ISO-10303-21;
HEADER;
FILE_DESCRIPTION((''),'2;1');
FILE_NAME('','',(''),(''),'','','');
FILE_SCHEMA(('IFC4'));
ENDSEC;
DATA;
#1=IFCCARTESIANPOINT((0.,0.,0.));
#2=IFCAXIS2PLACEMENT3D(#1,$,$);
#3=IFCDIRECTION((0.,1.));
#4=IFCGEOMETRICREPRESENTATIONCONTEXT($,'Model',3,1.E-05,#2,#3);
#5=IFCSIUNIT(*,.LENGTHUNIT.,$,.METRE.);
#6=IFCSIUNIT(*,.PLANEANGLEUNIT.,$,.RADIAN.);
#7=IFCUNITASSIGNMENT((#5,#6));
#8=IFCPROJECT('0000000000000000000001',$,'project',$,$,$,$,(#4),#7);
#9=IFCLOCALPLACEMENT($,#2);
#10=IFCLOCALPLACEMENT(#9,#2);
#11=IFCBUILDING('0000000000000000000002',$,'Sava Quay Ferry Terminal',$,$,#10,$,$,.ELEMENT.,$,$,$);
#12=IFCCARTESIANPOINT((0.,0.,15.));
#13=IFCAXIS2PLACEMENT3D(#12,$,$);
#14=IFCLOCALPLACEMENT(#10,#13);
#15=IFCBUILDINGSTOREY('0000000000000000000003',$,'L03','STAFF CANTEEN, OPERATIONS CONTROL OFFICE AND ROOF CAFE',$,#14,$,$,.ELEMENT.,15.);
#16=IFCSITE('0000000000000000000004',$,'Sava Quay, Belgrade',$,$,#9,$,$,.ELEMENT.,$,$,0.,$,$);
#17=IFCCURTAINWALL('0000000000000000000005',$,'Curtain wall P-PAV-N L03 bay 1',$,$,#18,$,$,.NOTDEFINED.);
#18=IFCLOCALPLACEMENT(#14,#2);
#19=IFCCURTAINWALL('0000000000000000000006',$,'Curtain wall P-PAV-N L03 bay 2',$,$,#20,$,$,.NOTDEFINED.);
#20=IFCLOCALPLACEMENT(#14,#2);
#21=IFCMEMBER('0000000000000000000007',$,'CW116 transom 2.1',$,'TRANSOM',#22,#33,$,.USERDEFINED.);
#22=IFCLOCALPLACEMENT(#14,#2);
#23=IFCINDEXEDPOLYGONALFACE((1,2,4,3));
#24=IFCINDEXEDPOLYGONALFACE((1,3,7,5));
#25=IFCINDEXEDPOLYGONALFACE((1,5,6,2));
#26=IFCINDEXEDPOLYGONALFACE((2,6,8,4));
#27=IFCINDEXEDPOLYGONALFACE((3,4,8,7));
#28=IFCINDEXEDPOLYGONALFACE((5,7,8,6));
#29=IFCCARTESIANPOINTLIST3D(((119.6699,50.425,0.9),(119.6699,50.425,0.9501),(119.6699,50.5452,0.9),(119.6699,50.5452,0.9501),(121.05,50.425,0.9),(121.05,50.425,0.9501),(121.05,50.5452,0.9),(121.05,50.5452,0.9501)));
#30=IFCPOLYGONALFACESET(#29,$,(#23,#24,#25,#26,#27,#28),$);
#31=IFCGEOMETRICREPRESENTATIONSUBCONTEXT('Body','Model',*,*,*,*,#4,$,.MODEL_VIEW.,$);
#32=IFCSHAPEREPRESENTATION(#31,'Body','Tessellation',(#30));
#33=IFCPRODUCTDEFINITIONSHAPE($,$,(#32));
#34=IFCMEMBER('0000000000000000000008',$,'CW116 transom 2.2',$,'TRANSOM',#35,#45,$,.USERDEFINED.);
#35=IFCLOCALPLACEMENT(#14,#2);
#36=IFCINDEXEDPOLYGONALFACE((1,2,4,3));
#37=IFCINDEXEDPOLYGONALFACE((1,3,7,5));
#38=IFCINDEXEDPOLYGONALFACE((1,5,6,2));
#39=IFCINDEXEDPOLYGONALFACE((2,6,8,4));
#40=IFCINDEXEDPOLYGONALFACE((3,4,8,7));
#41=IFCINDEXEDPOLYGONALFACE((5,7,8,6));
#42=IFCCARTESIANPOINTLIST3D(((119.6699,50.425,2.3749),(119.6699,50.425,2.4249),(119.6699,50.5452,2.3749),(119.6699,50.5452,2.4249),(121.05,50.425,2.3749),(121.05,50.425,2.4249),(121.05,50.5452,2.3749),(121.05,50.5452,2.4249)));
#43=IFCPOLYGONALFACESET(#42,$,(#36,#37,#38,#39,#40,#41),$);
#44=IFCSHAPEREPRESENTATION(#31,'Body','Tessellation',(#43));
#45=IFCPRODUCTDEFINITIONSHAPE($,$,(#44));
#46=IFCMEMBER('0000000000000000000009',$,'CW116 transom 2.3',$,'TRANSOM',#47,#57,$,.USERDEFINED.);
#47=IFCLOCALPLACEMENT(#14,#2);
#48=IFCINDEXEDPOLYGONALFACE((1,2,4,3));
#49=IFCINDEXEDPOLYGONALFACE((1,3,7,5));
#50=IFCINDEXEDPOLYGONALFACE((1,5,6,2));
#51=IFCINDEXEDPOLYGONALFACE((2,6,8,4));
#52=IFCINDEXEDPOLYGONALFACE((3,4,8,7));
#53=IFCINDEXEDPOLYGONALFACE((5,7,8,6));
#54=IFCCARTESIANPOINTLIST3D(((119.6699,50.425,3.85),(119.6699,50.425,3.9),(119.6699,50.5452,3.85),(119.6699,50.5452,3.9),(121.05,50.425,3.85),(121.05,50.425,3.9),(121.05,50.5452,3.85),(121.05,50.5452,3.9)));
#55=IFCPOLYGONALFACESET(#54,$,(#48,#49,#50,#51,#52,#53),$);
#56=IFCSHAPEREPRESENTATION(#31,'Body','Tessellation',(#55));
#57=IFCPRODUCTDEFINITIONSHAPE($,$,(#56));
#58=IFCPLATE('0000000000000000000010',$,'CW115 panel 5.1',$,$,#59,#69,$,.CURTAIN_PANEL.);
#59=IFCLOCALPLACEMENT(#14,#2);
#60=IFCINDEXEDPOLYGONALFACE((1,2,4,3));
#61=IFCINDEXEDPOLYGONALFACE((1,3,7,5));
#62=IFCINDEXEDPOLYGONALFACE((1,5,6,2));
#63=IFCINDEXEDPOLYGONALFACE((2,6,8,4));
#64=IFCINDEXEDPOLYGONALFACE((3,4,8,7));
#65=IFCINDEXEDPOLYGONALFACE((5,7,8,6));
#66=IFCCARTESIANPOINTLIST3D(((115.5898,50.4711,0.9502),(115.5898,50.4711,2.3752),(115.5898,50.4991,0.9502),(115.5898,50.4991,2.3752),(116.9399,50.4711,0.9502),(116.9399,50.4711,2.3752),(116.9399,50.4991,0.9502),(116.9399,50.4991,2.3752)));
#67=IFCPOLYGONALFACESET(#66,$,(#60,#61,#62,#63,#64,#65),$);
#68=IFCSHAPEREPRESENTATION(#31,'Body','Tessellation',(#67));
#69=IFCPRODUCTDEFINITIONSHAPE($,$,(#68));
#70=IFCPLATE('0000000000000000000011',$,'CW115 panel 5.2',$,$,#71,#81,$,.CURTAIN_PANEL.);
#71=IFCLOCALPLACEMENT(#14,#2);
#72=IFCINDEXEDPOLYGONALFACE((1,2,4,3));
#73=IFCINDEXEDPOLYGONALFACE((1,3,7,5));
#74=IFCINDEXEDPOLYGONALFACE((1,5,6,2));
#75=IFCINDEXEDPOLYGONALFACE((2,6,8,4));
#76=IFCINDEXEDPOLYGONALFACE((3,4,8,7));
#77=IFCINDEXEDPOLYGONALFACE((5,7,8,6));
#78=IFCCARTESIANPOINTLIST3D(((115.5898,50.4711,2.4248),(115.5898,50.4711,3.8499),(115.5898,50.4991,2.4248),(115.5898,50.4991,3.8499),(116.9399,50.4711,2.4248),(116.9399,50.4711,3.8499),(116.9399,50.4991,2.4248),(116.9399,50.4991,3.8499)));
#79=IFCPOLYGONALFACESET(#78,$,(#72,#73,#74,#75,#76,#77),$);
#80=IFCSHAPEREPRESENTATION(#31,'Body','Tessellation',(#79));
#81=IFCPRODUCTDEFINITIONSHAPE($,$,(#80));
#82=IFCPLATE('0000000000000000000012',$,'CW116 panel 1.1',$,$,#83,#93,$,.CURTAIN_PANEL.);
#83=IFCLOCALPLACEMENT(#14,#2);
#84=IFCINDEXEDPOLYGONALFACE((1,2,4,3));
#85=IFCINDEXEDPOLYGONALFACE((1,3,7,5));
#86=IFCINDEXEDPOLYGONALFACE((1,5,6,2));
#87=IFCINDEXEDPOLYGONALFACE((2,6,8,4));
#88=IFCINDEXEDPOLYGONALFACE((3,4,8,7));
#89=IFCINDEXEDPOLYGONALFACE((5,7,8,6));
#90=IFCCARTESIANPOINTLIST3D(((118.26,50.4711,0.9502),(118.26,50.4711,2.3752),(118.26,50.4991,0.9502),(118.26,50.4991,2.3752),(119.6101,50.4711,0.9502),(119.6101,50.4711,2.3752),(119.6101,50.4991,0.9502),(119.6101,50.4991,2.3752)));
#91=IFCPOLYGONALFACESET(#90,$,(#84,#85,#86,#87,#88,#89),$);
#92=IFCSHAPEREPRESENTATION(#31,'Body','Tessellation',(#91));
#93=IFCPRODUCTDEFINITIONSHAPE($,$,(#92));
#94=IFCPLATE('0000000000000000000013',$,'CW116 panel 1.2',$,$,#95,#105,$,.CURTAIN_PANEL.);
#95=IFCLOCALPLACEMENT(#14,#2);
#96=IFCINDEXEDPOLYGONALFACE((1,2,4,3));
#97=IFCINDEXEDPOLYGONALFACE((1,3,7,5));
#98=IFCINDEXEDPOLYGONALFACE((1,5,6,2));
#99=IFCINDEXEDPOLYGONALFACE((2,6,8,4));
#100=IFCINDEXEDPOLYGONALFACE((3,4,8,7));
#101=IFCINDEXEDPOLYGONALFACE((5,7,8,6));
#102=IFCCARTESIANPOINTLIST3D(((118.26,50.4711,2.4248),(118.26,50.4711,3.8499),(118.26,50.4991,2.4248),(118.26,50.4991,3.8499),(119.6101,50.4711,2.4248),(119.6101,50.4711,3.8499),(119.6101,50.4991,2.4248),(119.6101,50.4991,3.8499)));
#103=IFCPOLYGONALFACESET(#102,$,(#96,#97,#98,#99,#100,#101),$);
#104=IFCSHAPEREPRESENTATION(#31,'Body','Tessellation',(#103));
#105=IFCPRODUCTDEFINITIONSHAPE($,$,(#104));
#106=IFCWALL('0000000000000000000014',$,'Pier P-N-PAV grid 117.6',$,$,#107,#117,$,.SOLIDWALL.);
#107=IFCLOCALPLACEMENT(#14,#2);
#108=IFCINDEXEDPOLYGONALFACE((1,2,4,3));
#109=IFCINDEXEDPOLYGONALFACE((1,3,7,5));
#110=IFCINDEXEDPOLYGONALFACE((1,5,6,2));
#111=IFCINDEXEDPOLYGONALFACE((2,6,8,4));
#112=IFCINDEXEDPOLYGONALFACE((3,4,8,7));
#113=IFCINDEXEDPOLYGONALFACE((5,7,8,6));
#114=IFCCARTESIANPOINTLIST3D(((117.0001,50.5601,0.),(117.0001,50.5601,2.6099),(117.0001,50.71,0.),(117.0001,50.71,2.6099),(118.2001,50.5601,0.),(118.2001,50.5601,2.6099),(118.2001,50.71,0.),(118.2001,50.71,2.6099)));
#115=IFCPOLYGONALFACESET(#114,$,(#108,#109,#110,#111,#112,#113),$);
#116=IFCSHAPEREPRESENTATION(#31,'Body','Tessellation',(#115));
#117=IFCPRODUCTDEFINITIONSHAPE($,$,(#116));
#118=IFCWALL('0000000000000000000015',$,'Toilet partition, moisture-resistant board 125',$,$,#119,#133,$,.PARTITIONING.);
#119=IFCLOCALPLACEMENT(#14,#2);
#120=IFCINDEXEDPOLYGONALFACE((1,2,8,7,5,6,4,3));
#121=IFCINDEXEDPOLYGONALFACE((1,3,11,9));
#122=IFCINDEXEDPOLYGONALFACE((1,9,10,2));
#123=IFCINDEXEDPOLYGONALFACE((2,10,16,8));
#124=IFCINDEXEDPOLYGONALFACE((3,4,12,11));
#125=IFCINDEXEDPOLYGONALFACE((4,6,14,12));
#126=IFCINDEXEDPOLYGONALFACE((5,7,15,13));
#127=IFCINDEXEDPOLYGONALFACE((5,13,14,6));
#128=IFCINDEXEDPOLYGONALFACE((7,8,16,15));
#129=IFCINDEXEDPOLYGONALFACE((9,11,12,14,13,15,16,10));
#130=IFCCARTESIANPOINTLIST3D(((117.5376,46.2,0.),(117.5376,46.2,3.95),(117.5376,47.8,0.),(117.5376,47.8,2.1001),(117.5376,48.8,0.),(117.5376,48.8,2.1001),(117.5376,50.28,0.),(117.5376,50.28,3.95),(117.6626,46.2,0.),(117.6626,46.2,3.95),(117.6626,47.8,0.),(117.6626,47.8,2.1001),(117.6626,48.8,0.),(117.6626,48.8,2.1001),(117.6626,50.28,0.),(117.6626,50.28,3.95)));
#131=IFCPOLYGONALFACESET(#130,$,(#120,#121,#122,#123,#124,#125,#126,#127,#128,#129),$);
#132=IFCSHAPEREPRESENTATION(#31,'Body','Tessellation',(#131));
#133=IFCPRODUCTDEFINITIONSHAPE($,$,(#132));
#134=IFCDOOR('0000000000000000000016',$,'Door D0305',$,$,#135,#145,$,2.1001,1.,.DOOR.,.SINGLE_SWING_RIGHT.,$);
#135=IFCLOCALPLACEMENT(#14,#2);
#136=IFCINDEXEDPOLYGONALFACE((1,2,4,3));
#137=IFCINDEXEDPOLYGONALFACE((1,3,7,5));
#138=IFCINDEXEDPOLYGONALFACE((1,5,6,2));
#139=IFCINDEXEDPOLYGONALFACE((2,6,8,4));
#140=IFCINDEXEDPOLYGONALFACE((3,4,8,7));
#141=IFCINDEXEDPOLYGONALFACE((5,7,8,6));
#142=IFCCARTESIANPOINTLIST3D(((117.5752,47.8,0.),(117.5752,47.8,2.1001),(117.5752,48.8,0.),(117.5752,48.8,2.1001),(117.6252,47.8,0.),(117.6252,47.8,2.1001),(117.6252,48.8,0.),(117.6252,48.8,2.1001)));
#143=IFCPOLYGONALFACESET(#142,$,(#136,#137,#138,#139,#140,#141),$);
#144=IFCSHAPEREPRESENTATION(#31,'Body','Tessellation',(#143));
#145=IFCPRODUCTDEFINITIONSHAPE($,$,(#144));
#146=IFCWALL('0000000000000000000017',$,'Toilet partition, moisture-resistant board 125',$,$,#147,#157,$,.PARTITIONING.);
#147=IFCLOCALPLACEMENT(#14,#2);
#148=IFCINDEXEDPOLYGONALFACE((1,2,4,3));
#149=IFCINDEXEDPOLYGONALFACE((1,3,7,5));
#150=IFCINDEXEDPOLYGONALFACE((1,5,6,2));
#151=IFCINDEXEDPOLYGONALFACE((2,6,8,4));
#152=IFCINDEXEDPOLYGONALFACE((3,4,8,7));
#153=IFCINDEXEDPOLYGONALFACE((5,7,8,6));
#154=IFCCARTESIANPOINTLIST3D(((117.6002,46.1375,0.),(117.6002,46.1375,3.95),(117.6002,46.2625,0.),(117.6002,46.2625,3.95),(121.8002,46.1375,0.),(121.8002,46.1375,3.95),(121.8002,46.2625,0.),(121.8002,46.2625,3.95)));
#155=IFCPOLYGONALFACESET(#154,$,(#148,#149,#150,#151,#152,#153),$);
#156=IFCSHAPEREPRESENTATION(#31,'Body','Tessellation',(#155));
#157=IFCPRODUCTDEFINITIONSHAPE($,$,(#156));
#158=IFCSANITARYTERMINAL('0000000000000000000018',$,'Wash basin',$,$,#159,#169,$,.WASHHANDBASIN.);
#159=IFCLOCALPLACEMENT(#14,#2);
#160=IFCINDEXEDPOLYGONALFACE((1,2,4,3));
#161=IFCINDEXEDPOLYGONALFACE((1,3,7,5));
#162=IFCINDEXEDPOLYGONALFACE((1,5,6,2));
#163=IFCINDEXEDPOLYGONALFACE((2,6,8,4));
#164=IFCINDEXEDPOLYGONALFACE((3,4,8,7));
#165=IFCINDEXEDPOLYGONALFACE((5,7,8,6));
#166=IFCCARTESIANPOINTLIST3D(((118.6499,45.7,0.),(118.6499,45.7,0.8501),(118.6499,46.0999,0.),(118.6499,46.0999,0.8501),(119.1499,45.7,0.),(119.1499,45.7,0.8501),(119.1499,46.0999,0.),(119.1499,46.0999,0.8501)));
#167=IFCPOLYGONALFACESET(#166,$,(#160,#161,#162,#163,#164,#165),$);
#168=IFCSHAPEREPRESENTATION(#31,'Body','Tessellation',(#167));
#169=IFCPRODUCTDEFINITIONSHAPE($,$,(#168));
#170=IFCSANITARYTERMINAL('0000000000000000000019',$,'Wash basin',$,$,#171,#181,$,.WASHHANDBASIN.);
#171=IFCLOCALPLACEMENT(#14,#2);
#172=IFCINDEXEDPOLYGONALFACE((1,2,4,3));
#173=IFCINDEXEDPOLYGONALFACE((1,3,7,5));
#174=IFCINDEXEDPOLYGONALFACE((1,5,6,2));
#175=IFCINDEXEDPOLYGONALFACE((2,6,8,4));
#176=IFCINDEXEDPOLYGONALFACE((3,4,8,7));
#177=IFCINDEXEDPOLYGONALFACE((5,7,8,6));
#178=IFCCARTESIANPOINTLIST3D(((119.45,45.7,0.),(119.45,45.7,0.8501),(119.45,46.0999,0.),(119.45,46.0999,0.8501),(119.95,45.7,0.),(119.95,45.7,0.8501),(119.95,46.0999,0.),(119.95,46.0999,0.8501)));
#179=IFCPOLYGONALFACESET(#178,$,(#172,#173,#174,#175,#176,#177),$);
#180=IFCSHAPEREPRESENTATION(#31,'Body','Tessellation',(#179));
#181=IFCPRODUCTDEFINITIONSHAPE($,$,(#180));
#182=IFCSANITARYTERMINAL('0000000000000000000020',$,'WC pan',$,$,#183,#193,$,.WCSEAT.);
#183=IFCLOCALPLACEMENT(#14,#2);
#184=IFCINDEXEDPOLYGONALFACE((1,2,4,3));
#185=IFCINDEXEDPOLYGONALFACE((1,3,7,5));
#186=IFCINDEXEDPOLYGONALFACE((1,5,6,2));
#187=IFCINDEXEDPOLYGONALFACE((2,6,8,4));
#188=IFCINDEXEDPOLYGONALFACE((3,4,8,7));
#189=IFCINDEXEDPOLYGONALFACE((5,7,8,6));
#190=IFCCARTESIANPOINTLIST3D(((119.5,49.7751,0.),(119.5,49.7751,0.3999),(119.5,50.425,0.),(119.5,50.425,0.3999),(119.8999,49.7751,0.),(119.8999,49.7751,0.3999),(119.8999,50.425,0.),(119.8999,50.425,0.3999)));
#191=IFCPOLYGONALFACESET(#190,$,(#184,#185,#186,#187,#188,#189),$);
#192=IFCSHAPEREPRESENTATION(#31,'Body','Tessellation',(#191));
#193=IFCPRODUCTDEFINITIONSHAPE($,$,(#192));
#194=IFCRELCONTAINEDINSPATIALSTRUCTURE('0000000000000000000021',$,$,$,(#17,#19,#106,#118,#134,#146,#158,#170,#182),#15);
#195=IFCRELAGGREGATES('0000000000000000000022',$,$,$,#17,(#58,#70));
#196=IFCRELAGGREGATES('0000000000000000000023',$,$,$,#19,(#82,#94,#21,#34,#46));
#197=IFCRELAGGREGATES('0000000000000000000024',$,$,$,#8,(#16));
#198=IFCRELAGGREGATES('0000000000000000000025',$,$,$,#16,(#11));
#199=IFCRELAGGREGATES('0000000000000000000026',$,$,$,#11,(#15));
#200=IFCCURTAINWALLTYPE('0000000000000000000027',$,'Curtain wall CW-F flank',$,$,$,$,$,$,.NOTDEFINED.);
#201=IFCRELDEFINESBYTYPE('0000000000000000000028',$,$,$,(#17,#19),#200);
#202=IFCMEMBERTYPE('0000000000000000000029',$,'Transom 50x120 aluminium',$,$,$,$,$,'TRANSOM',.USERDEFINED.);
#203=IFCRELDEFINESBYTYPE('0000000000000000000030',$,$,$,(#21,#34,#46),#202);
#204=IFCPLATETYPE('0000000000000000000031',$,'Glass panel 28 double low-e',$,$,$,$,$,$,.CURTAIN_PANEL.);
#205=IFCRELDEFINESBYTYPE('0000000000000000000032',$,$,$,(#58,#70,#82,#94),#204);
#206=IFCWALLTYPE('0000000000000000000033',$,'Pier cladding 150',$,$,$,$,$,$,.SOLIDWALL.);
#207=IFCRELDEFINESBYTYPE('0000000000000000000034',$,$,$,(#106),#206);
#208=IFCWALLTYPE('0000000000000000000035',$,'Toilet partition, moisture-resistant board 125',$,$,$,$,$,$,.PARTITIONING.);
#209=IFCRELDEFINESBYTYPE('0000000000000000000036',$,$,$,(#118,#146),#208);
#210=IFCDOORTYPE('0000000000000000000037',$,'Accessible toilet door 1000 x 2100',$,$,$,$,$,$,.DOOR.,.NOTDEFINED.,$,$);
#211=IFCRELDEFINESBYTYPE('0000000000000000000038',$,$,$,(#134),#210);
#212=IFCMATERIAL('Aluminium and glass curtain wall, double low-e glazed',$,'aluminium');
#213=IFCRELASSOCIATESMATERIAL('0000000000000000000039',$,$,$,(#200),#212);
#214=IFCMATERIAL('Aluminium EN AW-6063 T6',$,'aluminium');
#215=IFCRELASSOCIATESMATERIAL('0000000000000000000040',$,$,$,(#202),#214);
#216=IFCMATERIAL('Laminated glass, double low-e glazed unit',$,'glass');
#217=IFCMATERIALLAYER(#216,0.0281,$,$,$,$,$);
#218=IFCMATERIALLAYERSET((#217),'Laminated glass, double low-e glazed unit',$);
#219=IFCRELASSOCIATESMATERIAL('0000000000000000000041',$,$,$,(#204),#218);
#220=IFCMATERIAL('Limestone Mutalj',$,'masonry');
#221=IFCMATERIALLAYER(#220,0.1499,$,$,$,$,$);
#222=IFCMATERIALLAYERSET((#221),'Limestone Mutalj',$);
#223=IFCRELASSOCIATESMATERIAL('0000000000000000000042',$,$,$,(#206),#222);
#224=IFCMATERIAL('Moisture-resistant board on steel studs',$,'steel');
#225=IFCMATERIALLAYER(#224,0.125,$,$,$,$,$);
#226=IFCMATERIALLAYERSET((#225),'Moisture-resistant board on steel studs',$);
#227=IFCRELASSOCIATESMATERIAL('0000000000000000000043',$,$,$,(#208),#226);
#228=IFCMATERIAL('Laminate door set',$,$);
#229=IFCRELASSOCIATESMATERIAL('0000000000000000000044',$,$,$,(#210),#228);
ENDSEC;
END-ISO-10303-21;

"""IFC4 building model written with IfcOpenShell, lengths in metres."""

from ifc_helpers import new_model, si_unit, direction, frame, frame_2d, origin, origin_2d, place, context, subcontext, project, spatial, rectangle, extrude, material, layer, layer_set, material_profile, profile_set, type_object, element, fill, aggregate, save


model = new_model("IFC4")

# Units and contexts
model_context = context("Model", 3, precision=1e-05, world=origin(), true_north=direction((0.0, 1.0)))
body_context = subcontext(model_context, "Body", "Model", "MODEL_VIEW")
ifc_project = project(units=[si_unit("LENGTHUNIT", "METRE"), si_unit("PLANEANGLEUNIT", "RADIAN")], contexts=[model_context])

# Site, building, storey
site_placement = place(None, origin())
site = spatial("IfcSite", under=ifc_project, at=site_placement, Name="Sava Quay, Belgrade", CompositionType="ELEMENT", RefElevation=0.0)
building_placement = place(site_placement, origin())
building = spatial("IfcBuilding", under=site, at=building_placement, Name="Sava Quay Ferry Terminal", CompositionType="ELEMENT")
storey_placement = place(building_placement, frame((0.0, 0.0, 15.0)))
storey = spatial("IfcBuildingStorey", under=building, at=storey_placement, Name="L03", Description="STAFF CANTEEN, OPERATIONS CONTROL OFFICE AND ROOF CAFE", CompositionType="ELEMENT", Elevation=15.0)

# Curtain wall
ifc_material_1 = material(Name="Aluminium and glass curtain wall, double low-e glazed", Category="aluminium")
curtain_wall_type = type_object("IfcCurtainWallType", Name="Curtain wall CW-F flank", PredefinedType="NOTDEFINED", material=ifc_material_1)
curtain_wall_1_placement = place(storey_placement, origin())
curtain_wall_1 = element("IfcCurtainWall", 1, at=curtain_wall_1_placement, inside=storey, type_object=curtain_wall_type, Name="Curtain wall P-PAV-N L03 bay 1", PredefinedType="NOTDEFINED")

# Curtain wall
curtain_wall_2_placement = place(storey_placement, origin())
curtain_wall_2 = element("IfcCurtainWall", 2, at=curtain_wall_2_placement, inside=storey, type_object=curtain_wall_type, Name="Curtain wall P-PAV-N L03 bay 2", PredefinedType="NOTDEFINED")

# Members
ifc_material_2 = material(Name="Aluminium EN AW-6063 T6", Category="aluminium")
ifc_material_profile_1 = material_profile(ifc_material_2, rectangle(XDim=0.1201, YDim=0.05, at=origin_2d()), Name="Transom 50x120 aluminium")
ifc_profile_set_1 = profile_set([ifc_material_profile_1], Name="Aluminium EN AW-6063 T6")
member_type_1 = type_object("IfcMemberType", Name="Transom 50x120 aluminium", ElementType="TRANSOM", PredefinedType="USERDEFINED", material=ifc_profile_set_1)
member_1_placement = place(storey_placement, frame((119.6699, 50.4851, 0.925), z_axis=(1.0, 0.0, 0.0), x_axis=(0.0, 1.0, 0.0)))
member_1 = element("IfcMember", 3, at=member_1_placement, type_object=member_type_1, Name="CW116 transom 2.1", ObjectType="TRANSOM", PredefinedType="USERDEFINED", context=body_context, shape_type="SweptSolid", body=[
    extrude(rectangle(XDim=0.1201, YDim=0.05, at=origin_2d()), origin(), (0.0, 0.0, 1.0), 1.3801),
])
member_2_placement = place(storey_placement, frame((119.6699, 50.4851, 2.3999), z_axis=(1.0, 0.0, 0.0), x_axis=(0.0, 1.0, 0.0)))
member_2 = element("IfcMember", 4, at=member_2_placement, type_object=member_type_1, Name="CW116 transom 2.2", ObjectType="TRANSOM", PredefinedType="USERDEFINED", context=body_context, shape_type="SweptSolid", body=[
    extrude(rectangle(XDim=0.1201, YDim=0.05, at=origin_2d()), origin(), (0.0, 0.0, 1.0), 1.3801),
])
member_3_placement = place(storey_placement, frame((119.6699, 50.4851, 3.875), z_axis=(1.0, 0.0, 0.0), x_axis=(0.0, 1.0, 0.0)))
member_3 = element("IfcMember", 5, at=member_3_placement, type_object=member_type_1, Name="CW116 transom 2.3", ObjectType="TRANSOM", PredefinedType="USERDEFINED", context=body_context, shape_type="SweptSolid", body=[
    extrude(rectangle(XDim=0.1201, YDim=0.05, at=origin_2d()), origin(), (0.0, 0.0, 1.0), 1.3801),
])

# Plates
ifc_material_3 = material(Name="Laminated glass, double low-e glazed unit", Category="glass")
ifc_layer_1 = layer(ifc_material_3, 0.0281)
ifc_layer_set_1 = layer_set([ifc_layer_1], Name="Laminated glass, double low-e glazed unit")
plate_type = type_object("IfcPlateType", Name="Glass panel 28 double low-e", PredefinedType="CURTAIN_PANEL", material=ifc_layer_set_1)
plate_1_placement = place(storey_placement, frame((116.2649, 50.4851, 0.9502), z_axis=(0.0, 0.0, 1.0), x_axis=(1.0, 0.0, 0.0)))
plate_1 = element("IfcPlate", 6, at=plate_1_placement, type_object=plate_type, Name="CW115 panel 5.1", PredefinedType="CURTAIN_PANEL", context=body_context, shape_type="SweptSolid", body=[
    extrude(rectangle(XDim=1.3501, YDim=0.0281, at=origin_2d()), origin(), (0.0, 0.0, 1.0), 1.425),
])
plate_2_placement = place(storey_placement, frame((116.2649, 50.4851, 2.4248), z_axis=(0.0, 0.0, 1.0), x_axis=(1.0, 0.0, 0.0)))
plate_2 = element("IfcPlate", 7, at=plate_2_placement, type_object=plate_type, Name="CW115 panel 5.2", PredefinedType="CURTAIN_PANEL", context=body_context, shape_type="SweptSolid", body=[
    extrude(rectangle(XDim=1.3501, YDim=0.0281, at=origin_2d()), origin(), (0.0, 0.0, 1.0), 1.425),
])
aggregate(curtain_wall_1, [plate_1, plate_2])
plate_3_placement = place(storey_placement, frame((118.9351, 50.4851, 0.9502), z_axis=(0.0, 0.0, 1.0), x_axis=(1.0, 0.0, 0.0)))
plate_3 = element("IfcPlate", 8, at=plate_3_placement, type_object=plate_type, Name="CW116 panel 1.1", PredefinedType="CURTAIN_PANEL", context=body_context, shape_type="SweptSolid", body=[
    extrude(rectangle(XDim=1.3501, YDim=0.0281, at=origin_2d()), origin(), (0.0, 0.0, 1.0), 1.425),
])
plate_4_placement = place(storey_placement, frame((118.9351, 50.4851, 2.4248), z_axis=(0.0, 0.0, 1.0), x_axis=(1.0, 0.0, 0.0)))
plate_4 = element("IfcPlate", 9, at=plate_4_placement, type_object=plate_type, Name="CW116 panel 1.2", PredefinedType="CURTAIN_PANEL", context=body_context, shape_type="SweptSolid", body=[
    extrude(rectangle(XDim=1.3501, YDim=0.0281, at=origin_2d()), origin(), (0.0, 0.0, 1.0), 1.425),
])
aggregate(curtain_wall_2, [plate_3, plate_4, member_1, member_2, member_3])

# Wall
ifc_material_4 = material(Name="Limestone Mutalj", Category="masonry")
ifc_layer_2 = layer(ifc_material_4, 0.1499)
ifc_layer_set_2 = layer_set([ifc_layer_2], Name="Limestone Mutalj")
wall_type_1 = type_object("IfcWallType", Name="Pier cladding 150", PredefinedType="SOLIDWALL", material=ifc_layer_set_2)
wall_1_placement = place(storey_placement, frame((117.0, 50.635, 0.0), z_axis=(0.0, 0.0, 1.0), x_axis=(1.0, 0.0, 0.0)))
element("IfcWall", 10, at=wall_1_placement, inside=storey, type_object=wall_type_1, Name="Pier P-N-PAV grid 117.6", PredefinedType="SOLIDWALL", context=body_context, shape_type="SweptSolid", body=[
    extrude(rectangle(XDim=1.2, YDim=0.1499, at=frame_2d((0.6001, 0.0))), origin(), (0.0, 0.0, 1.0), 2.6099),
])

# Wall, opening, door
ifc_material_5 = material(Name="Moisture-resistant board on steel studs", Category="steel")
ifc_layer_3 = layer(ifc_material_5, 0.125)
ifc_layer_set_3 = layer_set([ifc_layer_3], Name="Moisture-resistant board on steel studs")
wall_type_2 = type_object("IfcWallType", Name="Toilet partition, moisture-resistant board 125", PredefinedType="PARTITIONING", material=ifc_layer_set_3)
wall_2_placement = place(storey_placement, frame((117.6001, 46.2, 0.0), z_axis=(0.0, 0.0, 1.0), x_axis=(0.0, 1.0, 0.0)))
wall_2 = element("IfcWall", 11, at=wall_2_placement, inside=storey, type_object=wall_type_2, Name="Toilet partition, moisture-resistant board 125", PredefinedType="PARTITIONING", context=body_context, shape_type="SweptSolid", body=[
    extrude(rectangle(XDim=4.0801, YDim=0.125, at=frame_2d((2.04, 0.0))), origin(), (0.0, 0.0, 1.0), 3.95),
])
opening_placement = place(wall_2_placement, frame((1.6001, 0.0, 0.0)))
opening = element("IfcOpeningElement", 12, at=opening_placement, cuts=wall_2, PredefinedType="OPENING", context=body_context, shape_type="SweptSolid", body=[
    extrude(rectangle(XDim=1.0, YDim=2.1001, at=frame_2d((0.5, 1.05))), frame((0.0, 0.0625, 0.0), z_axis=(0.0, -1.0, 0.0), x_axis=(1.0, 0.0, 0.0)), (0.0, 0.0, 1.0), 0.125),
])
ifc_material_6 = material(Name="Laminate door set")
door_type = type_object("IfcDoorType", Name="Accessible toilet door 1000 x 2100", OperationType="NOTDEFINED", PredefinedType="DOOR", material=ifc_material_6)
door_placement = place(opening_placement, origin())
door = element("IfcDoor", 13, at=door_placement, inside=storey, type_object=door_type, Name="Door D0305", OperationType="SINGLE_SWING_RIGHT", OverallHeight=2.1001, OverallWidth=1.0, PredefinedType="DOOR", context=body_context, shape_type="SweptSolid", body=[
    extrude(rectangle(XDim=1.0, YDim=2.1001, at=frame_2d((0.5, 1.05))), frame((0.0, 0.0249, 0.0), z_axis=(0.0, -1.0, 0.0), x_axis=(1.0, 0.0, 0.0)), (0.0, 0.0, 1.0), 0.05),
])
fill(opening, door)

# Wall
wall_3_placement = place(storey_placement, frame((117.6001, 46.2, 0.0), z_axis=(0.0, 0.0, 1.0), x_axis=(1.0, 0.0, 0.0)))
element("IfcWall", 14, at=wall_3_placement, inside=storey, type_object=wall_type_2, Name="Toilet partition, moisture-resistant board 125", PredefinedType="PARTITIONING", context=body_context, shape_type="SweptSolid", body=[
    extrude(rectangle(XDim=4.2, YDim=0.125, at=frame_2d((2.1001, 0.0))), origin(), (0.0, 0.0, 1.0), 3.95),
])

# Sanitary terminals
for number, where, z_axis, x_axis, name in (
    (15, (118.8999, 45.8999, 0.0), (0.0, 0.0, 1.0), (1.0, 0.0, 0.0), "Wash basin"),
    (16, (119.7, 45.8999, 0.0), (0.0, 0.0, 1.0), (1.0, 0.0, 0.0), "Wash basin"),
):
    element("IfcSanitaryTerminal", number, at=place(storey_placement, frame(where, z_axis=z_axis, x_axis=x_axis)), inside=storey, Name=name, PredefinedType="WASHHANDBASIN", context=body_context, shape_type="SweptSolid", body=[
        extrude(rectangle(XDim=0.5, YDim=0.3999, at=origin_2d()), origin(), (0.0, 0.0, 1.0), 0.8501),
    ])
sanitary_terminal_1_placement = place(storey_placement, frame((119.7, 50.1001, 0.0), z_axis=(0.0, 0.0, 1.0), x_axis=(1.0, 0.0, 0.0)))
element("IfcSanitaryTerminal", 17, at=sanitary_terminal_1_placement, inside=storey, Name="WC pan", PredefinedType="WCSEAT", context=body_context, shape_type="SweptSolid", body=[
    extrude(rectangle(XDim=0.3999, YDim=0.6499, at=origin_2d()), origin(), (0.0, 0.0, 1.0), 0.3999),
])

save(model, "model.ifc")
